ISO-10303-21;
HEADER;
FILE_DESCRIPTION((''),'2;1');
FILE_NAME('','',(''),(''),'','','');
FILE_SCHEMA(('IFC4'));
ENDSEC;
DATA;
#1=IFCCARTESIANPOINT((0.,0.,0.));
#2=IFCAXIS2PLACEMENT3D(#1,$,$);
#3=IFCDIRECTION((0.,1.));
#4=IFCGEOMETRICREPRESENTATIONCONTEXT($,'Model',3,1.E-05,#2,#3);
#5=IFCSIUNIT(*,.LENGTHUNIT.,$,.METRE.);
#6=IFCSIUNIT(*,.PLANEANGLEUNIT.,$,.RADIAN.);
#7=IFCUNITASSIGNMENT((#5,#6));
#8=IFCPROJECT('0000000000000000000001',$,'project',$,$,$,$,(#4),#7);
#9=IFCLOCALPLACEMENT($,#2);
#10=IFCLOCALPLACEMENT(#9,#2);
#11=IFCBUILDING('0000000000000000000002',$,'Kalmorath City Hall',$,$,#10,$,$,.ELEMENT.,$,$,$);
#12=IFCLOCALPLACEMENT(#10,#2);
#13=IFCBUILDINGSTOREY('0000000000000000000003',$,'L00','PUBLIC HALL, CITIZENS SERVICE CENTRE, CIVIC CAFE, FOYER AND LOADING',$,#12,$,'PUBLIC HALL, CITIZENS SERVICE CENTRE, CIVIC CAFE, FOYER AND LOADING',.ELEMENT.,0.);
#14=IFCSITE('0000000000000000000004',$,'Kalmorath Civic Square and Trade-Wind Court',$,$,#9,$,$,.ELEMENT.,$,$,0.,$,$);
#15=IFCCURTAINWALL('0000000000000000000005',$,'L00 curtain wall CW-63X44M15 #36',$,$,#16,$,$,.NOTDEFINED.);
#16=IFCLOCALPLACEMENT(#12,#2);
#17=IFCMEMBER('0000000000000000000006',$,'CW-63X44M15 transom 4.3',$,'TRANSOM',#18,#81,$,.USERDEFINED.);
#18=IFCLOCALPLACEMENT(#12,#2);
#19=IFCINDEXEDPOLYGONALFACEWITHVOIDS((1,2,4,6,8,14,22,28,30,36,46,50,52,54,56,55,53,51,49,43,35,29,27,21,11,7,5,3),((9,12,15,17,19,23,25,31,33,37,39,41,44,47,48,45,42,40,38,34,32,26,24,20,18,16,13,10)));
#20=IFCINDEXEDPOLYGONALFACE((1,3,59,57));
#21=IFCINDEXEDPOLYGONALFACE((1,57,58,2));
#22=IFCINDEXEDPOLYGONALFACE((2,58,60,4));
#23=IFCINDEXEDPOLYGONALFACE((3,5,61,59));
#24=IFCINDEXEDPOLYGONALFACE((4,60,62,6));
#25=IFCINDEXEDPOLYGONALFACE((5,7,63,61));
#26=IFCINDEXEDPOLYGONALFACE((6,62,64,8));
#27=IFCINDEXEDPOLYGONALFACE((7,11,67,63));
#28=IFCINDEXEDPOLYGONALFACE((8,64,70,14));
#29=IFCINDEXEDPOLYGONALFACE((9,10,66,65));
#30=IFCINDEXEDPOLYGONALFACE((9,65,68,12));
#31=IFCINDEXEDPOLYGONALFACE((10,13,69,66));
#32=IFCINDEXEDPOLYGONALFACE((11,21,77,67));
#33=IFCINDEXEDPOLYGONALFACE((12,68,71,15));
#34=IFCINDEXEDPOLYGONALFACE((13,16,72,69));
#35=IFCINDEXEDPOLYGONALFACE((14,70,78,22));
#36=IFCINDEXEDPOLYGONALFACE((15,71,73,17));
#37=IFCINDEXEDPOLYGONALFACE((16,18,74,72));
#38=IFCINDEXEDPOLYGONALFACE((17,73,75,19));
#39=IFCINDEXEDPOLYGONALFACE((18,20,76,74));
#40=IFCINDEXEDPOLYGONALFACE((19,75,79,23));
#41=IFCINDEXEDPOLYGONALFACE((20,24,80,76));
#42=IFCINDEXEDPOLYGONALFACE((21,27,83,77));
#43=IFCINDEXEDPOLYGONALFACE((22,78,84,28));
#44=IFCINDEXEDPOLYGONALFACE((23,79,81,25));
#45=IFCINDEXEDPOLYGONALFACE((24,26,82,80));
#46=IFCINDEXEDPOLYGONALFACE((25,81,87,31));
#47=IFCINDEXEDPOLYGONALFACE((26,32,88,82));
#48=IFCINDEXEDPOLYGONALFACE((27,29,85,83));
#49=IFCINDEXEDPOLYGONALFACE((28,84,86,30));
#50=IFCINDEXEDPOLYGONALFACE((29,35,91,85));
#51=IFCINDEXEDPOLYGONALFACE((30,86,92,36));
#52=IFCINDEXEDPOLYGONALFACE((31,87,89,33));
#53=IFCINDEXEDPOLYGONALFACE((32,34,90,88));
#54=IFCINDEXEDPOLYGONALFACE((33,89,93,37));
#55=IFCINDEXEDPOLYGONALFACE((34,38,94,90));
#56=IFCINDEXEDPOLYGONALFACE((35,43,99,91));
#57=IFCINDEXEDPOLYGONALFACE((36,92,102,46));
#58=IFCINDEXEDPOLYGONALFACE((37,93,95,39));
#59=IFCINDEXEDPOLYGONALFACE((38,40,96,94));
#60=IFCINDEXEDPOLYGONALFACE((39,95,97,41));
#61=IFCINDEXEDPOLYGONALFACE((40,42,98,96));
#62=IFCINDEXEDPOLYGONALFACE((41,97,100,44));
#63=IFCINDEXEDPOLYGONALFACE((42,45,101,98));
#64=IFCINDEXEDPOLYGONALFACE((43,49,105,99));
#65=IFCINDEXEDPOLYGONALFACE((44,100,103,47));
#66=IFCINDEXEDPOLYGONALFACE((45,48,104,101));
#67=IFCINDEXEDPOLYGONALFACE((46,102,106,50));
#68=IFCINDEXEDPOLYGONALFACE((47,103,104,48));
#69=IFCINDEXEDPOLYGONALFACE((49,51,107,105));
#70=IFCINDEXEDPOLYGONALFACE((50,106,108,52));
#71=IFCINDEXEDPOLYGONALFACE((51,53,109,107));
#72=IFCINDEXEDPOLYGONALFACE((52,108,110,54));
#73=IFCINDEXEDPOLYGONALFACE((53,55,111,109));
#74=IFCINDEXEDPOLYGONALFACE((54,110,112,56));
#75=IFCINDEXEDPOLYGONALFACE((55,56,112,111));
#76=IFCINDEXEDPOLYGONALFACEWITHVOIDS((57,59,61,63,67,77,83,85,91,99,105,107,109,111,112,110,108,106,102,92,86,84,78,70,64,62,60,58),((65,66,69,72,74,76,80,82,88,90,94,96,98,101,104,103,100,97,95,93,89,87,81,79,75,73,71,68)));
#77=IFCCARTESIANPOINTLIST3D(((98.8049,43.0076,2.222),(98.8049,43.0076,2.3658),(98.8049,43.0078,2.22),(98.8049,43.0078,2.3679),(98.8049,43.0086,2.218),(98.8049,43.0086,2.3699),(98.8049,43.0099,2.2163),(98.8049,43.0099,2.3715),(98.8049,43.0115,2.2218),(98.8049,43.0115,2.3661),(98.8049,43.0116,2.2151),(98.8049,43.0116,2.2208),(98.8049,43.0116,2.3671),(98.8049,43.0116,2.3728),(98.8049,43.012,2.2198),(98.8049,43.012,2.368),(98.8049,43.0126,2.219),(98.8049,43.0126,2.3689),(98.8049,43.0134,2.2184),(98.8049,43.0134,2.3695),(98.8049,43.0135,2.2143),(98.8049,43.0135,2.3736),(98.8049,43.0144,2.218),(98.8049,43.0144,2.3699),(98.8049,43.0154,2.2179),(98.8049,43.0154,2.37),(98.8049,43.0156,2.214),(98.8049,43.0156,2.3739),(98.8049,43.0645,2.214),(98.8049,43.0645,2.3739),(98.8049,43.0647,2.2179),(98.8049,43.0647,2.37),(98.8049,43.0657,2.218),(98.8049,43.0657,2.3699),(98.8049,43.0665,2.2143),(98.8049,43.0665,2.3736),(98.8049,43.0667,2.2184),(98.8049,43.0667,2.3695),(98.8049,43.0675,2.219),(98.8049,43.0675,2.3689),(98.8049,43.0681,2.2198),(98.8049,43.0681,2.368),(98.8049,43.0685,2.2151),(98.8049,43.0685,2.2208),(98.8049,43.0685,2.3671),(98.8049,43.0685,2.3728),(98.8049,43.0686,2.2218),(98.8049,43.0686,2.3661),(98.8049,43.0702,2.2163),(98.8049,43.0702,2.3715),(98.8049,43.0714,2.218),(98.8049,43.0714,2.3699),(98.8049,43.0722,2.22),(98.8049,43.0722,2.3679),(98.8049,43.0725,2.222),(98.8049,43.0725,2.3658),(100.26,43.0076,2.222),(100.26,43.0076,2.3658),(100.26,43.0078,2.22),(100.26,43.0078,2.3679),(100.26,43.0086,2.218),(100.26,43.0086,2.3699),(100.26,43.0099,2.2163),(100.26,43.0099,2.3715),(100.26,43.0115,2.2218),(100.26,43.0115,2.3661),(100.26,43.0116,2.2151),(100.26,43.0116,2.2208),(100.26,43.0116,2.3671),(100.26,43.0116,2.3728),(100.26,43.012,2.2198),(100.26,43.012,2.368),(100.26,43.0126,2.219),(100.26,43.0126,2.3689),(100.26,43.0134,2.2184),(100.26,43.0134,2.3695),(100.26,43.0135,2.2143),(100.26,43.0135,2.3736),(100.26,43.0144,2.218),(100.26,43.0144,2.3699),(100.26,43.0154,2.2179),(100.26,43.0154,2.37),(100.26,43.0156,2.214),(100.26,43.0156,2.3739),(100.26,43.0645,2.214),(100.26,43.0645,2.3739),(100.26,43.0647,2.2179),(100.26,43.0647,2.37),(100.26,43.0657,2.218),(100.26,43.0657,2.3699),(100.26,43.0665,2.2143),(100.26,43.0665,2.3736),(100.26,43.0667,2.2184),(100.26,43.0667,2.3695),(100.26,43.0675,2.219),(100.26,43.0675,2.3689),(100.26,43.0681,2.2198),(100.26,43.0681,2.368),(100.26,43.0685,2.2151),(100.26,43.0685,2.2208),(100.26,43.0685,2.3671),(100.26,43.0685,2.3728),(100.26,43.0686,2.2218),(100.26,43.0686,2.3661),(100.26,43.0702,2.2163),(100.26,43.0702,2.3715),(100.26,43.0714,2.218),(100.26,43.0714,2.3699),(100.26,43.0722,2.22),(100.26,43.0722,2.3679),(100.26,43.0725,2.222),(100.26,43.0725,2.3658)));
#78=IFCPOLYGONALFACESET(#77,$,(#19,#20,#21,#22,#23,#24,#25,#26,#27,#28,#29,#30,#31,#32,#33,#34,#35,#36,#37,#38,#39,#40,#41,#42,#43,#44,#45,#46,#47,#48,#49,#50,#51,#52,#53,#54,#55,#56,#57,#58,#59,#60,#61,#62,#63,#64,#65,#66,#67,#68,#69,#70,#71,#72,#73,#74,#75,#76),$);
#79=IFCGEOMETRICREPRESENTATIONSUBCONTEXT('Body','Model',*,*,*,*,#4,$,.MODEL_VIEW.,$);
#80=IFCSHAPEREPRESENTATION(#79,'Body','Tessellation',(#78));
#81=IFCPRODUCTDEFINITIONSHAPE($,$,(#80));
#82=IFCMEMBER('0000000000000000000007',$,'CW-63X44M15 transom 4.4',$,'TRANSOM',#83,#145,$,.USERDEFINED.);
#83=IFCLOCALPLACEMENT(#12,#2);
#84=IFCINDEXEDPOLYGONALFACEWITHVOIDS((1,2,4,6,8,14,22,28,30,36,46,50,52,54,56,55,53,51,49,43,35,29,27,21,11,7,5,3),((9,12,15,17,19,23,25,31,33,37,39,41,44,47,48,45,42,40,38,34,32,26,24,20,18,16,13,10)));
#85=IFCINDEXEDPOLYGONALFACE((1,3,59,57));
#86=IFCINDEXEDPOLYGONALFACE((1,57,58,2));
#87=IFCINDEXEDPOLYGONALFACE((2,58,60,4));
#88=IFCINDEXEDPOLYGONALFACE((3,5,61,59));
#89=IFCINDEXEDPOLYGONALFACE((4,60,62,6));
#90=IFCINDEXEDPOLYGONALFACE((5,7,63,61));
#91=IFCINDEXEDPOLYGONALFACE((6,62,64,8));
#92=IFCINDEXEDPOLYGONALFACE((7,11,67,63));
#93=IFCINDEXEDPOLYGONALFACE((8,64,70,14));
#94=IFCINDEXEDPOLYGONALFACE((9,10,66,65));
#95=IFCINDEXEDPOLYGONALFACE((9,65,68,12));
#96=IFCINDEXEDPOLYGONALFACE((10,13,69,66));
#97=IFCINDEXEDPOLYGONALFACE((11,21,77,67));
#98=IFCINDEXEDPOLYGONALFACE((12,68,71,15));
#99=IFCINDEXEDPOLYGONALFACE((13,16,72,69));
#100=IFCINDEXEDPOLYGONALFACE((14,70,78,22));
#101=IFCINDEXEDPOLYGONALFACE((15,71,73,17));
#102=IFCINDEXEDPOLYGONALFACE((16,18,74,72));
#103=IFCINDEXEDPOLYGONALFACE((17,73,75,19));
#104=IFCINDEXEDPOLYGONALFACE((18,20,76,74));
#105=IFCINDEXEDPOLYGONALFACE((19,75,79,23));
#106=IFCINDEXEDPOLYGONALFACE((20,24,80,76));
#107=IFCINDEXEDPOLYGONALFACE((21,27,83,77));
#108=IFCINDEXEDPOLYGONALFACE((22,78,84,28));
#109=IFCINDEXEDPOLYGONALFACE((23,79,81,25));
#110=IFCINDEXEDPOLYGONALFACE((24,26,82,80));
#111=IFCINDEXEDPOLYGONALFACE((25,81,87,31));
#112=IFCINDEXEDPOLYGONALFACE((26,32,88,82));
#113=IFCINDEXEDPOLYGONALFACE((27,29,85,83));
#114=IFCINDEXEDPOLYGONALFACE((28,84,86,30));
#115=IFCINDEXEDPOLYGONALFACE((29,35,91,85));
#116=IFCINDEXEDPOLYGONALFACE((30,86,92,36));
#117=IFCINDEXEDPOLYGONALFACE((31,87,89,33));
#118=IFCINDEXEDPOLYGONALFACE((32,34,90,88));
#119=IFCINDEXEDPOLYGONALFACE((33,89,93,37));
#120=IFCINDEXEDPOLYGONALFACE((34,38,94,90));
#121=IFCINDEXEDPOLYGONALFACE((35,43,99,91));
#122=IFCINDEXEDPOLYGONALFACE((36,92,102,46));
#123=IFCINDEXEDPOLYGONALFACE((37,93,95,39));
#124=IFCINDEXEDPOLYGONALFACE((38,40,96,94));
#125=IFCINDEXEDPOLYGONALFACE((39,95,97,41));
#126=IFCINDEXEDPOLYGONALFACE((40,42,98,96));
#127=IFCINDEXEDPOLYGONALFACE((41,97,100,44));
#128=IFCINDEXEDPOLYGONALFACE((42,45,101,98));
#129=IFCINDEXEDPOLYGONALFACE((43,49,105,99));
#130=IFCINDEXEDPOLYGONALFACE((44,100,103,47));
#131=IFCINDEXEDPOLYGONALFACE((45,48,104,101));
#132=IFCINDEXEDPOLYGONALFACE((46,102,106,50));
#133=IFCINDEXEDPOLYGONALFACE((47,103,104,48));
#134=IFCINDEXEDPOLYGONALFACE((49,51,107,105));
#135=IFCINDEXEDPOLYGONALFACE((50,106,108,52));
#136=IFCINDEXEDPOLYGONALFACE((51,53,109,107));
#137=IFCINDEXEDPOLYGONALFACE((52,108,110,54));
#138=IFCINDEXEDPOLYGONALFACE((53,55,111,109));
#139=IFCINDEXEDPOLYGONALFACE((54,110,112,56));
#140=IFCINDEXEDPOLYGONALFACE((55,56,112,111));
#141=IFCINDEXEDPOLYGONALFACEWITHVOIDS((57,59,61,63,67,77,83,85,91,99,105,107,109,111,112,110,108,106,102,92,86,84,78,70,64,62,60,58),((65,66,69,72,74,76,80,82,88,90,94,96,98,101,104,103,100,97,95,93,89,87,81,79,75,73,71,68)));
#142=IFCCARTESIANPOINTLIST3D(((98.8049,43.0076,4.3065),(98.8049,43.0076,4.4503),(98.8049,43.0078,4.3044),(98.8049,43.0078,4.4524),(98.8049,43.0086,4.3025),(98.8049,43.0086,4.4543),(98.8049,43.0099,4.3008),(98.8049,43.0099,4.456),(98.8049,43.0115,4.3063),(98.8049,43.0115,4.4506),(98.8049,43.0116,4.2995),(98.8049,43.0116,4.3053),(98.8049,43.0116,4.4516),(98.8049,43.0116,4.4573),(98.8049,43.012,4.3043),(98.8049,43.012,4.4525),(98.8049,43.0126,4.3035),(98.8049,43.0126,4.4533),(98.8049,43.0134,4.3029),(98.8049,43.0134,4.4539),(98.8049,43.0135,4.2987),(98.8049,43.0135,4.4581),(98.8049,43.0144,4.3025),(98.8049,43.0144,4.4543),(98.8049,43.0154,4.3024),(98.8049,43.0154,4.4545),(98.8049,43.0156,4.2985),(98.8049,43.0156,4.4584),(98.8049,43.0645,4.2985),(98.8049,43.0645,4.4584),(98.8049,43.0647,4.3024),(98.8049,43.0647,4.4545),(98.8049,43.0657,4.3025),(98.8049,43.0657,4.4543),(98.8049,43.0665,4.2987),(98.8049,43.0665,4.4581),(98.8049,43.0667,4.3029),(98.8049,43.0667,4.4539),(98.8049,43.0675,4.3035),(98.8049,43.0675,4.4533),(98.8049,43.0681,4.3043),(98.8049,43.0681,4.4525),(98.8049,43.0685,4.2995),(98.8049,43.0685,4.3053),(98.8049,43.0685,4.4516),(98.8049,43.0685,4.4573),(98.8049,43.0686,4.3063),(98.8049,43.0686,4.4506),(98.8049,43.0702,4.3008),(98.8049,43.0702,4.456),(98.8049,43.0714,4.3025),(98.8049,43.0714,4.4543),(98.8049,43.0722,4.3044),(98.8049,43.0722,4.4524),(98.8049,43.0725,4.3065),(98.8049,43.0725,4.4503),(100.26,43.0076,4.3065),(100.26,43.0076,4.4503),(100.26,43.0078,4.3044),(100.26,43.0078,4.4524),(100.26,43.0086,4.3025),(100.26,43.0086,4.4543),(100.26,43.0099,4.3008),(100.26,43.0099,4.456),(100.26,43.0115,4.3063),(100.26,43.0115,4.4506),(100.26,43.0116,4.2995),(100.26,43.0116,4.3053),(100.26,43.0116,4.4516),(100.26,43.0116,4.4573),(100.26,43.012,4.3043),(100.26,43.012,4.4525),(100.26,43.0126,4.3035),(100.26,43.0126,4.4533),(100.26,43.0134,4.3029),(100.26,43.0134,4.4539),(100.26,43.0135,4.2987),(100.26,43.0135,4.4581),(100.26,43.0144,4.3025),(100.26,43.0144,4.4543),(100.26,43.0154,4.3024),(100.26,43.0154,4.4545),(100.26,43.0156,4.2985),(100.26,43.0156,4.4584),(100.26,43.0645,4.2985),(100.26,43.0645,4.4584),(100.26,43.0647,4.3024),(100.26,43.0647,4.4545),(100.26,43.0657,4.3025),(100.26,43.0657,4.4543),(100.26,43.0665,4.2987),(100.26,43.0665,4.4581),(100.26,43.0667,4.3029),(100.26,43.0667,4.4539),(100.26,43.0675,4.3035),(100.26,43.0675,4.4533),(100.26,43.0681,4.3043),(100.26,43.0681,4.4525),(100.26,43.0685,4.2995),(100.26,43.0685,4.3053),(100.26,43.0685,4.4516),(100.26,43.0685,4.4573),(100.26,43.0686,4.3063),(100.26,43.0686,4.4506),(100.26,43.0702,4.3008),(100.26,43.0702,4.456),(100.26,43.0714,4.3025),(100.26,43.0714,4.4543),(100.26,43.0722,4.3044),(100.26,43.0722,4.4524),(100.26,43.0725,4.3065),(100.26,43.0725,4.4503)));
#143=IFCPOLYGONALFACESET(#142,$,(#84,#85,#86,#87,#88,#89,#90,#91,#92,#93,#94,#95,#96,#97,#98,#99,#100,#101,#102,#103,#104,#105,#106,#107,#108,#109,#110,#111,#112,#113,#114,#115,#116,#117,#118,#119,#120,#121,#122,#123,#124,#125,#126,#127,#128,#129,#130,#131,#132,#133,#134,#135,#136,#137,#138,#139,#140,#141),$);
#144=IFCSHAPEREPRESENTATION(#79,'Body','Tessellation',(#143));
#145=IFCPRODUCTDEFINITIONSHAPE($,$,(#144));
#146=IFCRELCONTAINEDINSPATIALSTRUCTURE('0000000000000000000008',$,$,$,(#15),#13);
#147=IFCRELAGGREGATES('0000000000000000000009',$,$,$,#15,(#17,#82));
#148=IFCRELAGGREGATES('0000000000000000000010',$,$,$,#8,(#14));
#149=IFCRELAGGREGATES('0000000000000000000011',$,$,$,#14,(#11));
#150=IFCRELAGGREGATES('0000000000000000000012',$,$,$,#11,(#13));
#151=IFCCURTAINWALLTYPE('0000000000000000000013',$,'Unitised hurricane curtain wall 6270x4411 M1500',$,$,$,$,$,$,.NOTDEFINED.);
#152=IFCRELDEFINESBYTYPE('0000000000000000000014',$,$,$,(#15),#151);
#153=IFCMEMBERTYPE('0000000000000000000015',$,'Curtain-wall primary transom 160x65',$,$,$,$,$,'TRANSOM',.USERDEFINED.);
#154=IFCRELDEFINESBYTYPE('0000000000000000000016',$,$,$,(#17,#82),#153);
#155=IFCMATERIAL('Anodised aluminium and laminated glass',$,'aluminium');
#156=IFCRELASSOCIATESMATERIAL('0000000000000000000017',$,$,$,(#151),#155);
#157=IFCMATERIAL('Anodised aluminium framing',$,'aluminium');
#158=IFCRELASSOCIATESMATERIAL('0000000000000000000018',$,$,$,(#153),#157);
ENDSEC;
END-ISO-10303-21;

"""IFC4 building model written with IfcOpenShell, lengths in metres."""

from ifc_helpers import new_model, si_unit, direction, frame, origin, origin_2d, place, context, subcontext, project, spatial, hollow_rectangle, extrude, material, material_profile, profile_set, type_object, element, aggregate, save


model = new_model("IFC4")

# Units and contexts
model_context = context("Model", 3, precision=1e-05, world=origin(), true_north=direction((0.0, 1.0)))
body_context = subcontext(model_context, "Body", "Model", "MODEL_VIEW")
ifc_project = project(units=[si_unit("LENGTHUNIT", "METRE"), si_unit("PLANEANGLEUNIT", "RADIAN")], contexts=[model_context])

# Site, building, storey
site_placement = place(None, origin())
site = spatial("IfcSite", under=ifc_project, at=site_placement, Name="Kalmorath Civic Square and Trade-Wind Court", CompositionType="ELEMENT", RefElevation=0.0)
building_placement = place(site_placement, origin())
building = spatial("IfcBuilding", under=site, at=building_placement, Name="Kalmorath City Hall", CompositionType="ELEMENT")
storey_placement = place(building_placement, origin())
storey = spatial("IfcBuildingStorey", under=building, at=storey_placement, Name="L00", Description="PUBLIC HALL, CITIZENS SERVICE CENTRE, CIVIC CAFE, FOYER AND LOADING", LongName="PUBLIC HALL, CITIZENS SERVICE CENTRE, CIVIC CAFE, FOYER AND LOADING", CompositionType="ELEMENT", Elevation=0.0)

# Curtain wall
ifc_material_1 = material(Name="Anodised aluminium and laminated glass", Category="aluminium")
curtain_wall_type_1 = type_object("IfcCurtainWallType", Name="Unitised hurricane curtain wall 6270x4411 M1500", PredefinedType="NOTDEFINED", material=ifc_material_1)
curtain_wall_1_placement = place(storey_placement, origin())
curtain_wall_1 = element("IfcCurtainWall", 1, at=curtain_wall_1_placement, inside=storey, type_object=curtain_wall_type_1, Name="L00 curtain wall CW-63X44M15 #36", PredefinedType="NOTDEFINED")

# Members
ifc_material_2 = material(Name="Anodised aluminium framing", Category="aluminium")
ifc_material_profile_1 = material_profile(ifc_material_2, hollow_rectangle(XDim=0.0649, YDim=0.1599, WallThickness=0.0039, InnerFilletRadius=0.0039, OuterFilletRadius=0.0081, at=origin_2d()), Name="ALU-TRN-160X65X4")
ifc_profile_set_1 = profile_set([ifc_material_profile_1], Name="Anodised aluminium framing")
member_type_1 = type_object("IfcMemberType", Name="Curtain-wall primary transom 160x65", ElementType="TRANSOM", PredefinedType="USERDEFINED", material=ifc_profile_set_1)
member_1_placement = place(storey_placement, frame((98.8049, 43.04, 2.2939), z_axis=(1.0, 0.0, 0.0), x_axis=(0.0, 1.0, 0.0)))
member_1 = element("IfcMember", 2, at=member_1_placement, type_object=member_type_1, Name="CW-63X44M15 transom 4.3", ObjectType="TRANSOM", PredefinedType="USERDEFINED", context=body_context, shape_type="SweptSolid", body=[
    extrude(hollow_rectangle(XDim=0.0649, YDim=0.1599, WallThickness=0.0039, InnerFilletRadius=0.0039, OuterFilletRadius=0.0081, at=origin_2d()), origin(), (0.0, 0.0, 1.0), 1.4551),
])
member_2_placement = place(storey_placement, frame((98.8049, 43.04, 4.3784), z_axis=(1.0, 0.0, 0.0), x_axis=(0.0, 1.0, 0.0)))
member_2 = element("IfcMember", 3, at=member_2_placement, type_object=member_type_1, Name="CW-63X44M15 transom 4.4", ObjectType="TRANSOM", PredefinedType="USERDEFINED", context=body_context, shape_type="SweptSolid", body=[
    extrude(hollow_rectangle(XDim=0.0649, YDim=0.1599, WallThickness=0.0039, InnerFilletRadius=0.0039, OuterFilletRadius=0.0081, at=origin_2d()), origin(), (0.0, 0.0, 1.0), 1.4551),
])

aggregate(curtain_wall_1, [member_1, member_2])

save(model, "model.ifc")
